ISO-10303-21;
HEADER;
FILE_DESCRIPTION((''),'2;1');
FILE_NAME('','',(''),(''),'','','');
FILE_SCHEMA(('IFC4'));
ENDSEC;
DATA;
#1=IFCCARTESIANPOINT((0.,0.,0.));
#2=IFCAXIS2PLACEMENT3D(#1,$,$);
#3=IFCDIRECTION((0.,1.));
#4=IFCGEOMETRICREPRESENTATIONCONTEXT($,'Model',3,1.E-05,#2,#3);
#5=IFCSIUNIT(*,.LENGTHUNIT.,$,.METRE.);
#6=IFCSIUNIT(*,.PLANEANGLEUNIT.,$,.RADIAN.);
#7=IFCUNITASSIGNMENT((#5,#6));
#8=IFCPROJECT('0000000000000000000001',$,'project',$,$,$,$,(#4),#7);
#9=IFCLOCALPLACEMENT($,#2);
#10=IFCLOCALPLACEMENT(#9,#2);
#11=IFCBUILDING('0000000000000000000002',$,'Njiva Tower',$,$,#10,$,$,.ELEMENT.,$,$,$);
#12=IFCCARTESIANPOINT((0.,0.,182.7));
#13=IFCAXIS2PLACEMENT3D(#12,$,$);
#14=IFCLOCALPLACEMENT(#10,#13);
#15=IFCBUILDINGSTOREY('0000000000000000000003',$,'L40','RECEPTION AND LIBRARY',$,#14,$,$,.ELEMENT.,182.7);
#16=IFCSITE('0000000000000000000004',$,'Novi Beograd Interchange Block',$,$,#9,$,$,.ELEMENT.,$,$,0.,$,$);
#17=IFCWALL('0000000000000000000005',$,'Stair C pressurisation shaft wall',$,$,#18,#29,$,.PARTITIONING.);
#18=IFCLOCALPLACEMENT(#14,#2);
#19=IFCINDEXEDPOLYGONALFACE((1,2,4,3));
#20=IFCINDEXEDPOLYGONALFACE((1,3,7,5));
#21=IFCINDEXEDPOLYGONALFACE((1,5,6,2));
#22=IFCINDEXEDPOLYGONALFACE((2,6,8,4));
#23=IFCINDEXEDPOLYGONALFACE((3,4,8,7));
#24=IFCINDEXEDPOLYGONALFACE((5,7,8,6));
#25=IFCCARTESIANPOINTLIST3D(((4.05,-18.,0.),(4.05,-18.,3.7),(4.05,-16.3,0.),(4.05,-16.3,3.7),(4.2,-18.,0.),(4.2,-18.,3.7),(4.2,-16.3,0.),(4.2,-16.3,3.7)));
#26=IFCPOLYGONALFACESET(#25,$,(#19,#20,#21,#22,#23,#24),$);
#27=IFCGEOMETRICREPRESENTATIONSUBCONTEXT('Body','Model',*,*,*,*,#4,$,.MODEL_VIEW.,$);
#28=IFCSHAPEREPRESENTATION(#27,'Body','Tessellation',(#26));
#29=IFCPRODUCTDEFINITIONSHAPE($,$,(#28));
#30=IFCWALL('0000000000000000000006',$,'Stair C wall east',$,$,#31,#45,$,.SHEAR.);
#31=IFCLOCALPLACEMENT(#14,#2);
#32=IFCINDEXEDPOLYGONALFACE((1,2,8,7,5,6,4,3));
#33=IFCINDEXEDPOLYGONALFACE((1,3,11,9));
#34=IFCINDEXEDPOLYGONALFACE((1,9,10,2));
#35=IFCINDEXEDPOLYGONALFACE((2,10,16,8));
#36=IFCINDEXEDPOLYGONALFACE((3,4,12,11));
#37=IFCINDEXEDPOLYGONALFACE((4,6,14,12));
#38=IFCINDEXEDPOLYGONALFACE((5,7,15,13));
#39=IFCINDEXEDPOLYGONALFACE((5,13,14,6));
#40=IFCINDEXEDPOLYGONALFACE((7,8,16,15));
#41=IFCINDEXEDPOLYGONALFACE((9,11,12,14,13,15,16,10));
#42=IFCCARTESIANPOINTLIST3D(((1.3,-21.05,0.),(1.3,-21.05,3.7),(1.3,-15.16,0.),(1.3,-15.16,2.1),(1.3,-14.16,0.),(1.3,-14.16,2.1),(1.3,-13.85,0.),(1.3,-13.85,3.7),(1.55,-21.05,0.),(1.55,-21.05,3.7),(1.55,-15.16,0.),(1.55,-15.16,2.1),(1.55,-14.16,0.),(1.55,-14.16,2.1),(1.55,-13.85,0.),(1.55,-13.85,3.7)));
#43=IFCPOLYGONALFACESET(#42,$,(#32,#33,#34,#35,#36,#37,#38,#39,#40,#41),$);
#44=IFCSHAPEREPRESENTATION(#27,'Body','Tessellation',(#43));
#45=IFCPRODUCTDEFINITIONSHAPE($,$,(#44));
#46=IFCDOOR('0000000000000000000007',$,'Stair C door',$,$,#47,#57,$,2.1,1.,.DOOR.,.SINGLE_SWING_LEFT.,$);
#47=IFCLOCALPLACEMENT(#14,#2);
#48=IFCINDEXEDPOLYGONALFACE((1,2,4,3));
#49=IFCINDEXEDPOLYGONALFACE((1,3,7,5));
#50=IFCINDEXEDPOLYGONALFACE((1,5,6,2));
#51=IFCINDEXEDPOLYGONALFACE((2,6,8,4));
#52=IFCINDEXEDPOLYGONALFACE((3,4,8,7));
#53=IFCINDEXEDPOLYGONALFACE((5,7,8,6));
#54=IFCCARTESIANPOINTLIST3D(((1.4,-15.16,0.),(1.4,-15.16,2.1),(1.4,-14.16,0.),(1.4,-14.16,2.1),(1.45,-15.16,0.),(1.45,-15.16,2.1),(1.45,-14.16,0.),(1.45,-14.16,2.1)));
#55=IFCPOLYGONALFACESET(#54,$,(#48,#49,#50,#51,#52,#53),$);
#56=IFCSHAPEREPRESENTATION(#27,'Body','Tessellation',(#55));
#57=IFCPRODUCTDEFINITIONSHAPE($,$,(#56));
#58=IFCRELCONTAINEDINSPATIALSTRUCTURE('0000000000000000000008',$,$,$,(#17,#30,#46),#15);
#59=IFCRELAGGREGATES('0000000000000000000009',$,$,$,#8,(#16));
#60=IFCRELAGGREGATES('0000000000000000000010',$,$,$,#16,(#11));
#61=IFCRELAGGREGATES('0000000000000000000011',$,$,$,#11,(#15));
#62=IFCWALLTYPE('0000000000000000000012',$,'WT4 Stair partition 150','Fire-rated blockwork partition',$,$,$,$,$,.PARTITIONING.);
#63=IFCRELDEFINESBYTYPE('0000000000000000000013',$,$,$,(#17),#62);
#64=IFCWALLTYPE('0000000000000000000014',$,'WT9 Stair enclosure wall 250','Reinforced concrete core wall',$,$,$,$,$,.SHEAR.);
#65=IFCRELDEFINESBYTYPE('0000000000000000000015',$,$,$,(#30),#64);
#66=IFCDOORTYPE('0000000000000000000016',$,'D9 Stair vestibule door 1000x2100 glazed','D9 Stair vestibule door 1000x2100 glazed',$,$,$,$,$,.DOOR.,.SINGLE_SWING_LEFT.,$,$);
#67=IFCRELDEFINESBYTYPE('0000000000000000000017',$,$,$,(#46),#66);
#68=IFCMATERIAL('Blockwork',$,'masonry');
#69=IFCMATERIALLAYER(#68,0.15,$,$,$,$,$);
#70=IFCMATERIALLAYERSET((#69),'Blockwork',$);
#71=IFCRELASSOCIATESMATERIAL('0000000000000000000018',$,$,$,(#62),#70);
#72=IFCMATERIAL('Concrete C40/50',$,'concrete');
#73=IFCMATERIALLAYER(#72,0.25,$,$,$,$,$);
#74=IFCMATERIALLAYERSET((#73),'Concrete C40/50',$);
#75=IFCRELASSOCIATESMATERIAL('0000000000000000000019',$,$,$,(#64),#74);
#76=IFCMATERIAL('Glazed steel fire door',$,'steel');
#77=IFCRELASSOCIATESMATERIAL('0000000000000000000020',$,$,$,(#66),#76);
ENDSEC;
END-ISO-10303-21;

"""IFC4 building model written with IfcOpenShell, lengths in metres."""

from ifc_helpers import new_model, si_unit, direction, frame, frame_2d, origin, place, context, subcontext, project, spatial, rectangle, extrude, material, layer, layer_set, type_object, element, fill, save


model = new_model("IFC4")

# Units and contexts
model_context = context("Model", 3, precision=1e-05, world=origin(), true_north=direction((0.0, 1.0)))
body_context = subcontext(model_context, "Body", "Model", "MODEL_VIEW")
ifc_project = project(units=[si_unit("LENGTHUNIT", "METRE"), si_unit("PLANEANGLEUNIT", "RADIAN")], contexts=[model_context])

# Site, building, storey
site_placement = place(None, origin())
site = spatial("IfcSite", under=ifc_project, at=site_placement, Name="Novi Beograd Interchange Block", CompositionType="ELEMENT", RefElevation=0.0)
building_placement = place(site_placement, origin())
building = spatial("IfcBuilding", under=site, at=building_placement, Name="Njiva Tower", CompositionType="ELEMENT")
storey_placement = place(building_placement, frame((0.0, 0.0, 182.7)))
storey = spatial("IfcBuildingStorey", under=building, at=storey_placement, Name="L40", Description="RECEPTION AND LIBRARY", CompositionType="ELEMENT", Elevation=182.7)

# Wall
ifc_material_1 = material(Name="Blockwork", Category="masonry")
ifc_layer_1 = layer(ifc_material_1, 0.15)
ifc_layer_set_1 = layer_set([ifc_layer_1], Name="Blockwork")
wall_type_1 = type_object("IfcWallType", Name="WT4 Stair partition 150", Description="Fire-rated blockwork partition", PredefinedType="PARTITIONING", material=ifc_layer_set_1)
wall_1_placement = place(storey_placement, frame((4.125, -18.0, 0.0), z_axis=(0.0, 0.0, 1.0), x_axis=(0.0, 1.0, 0.0)))
element("IfcWall", 1, at=wall_1_placement, inside=storey, type_object=wall_type_1, Name="Stair C pressurisation shaft wall", PredefinedType="PARTITIONING", context=body_context, shape_type="SweptSolid", body=[
    extrude(rectangle(XDim=1.7, YDim=0.15, at=frame_2d((0.85, 0.0))), origin(), (0.0, 0.0, 1.0), 3.7),
])

# Wall, opening, door
ifc_material_2 = material(Name="Concrete C40/50", Category="concrete")
ifc_layer_2 = layer(ifc_material_2, 0.25)
ifc_layer_set_2 = layer_set([ifc_layer_2], Name="Concrete C40/50")
wall_type_2 = type_object("IfcWallType", Name="WT9 Stair enclosure wall 250", Description="Reinforced concrete core wall", PredefinedType="SHEAR", material=ifc_layer_set_2)
wall_2_placement = place(storey_placement, frame((1.425, -21.05, 0.0), z_axis=(0.0, 0.0, 1.0), x_axis=(0.0, 1.0, 0.0)))
wall_2 = element("IfcWall", 2, at=wall_2_placement, inside=storey, type_object=wall_type_2, Name="Stair C wall east", PredefinedType="SHEAR", context=body_context, shape_type="SweptSolid", body=[
    extrude(rectangle(XDim=7.2, YDim=0.25, at=frame_2d((3.6, 0.0))), origin(), (0.0, 0.0, 1.0), 3.7),
])
opening_1_placement = place(wall_2_placement, frame((5.89, 0.0, 0.0)))
opening_1 = element("IfcOpeningElement", 3, at=opening_1_placement, cuts=wall_2, PredefinedType="OPENING", context=body_context, shape_type="SweptSolid", body=[
    extrude(rectangle(XDim=1.0, YDim=2.1, at=frame_2d((0.5, 1.05))), frame((0.0, 0.135, 0.0), z_axis=(0.0, -1.0, 0.0), x_axis=(1.0, 0.0, 0.0)), (0.0, 0.0, 1.0), 0.27),
])
ifc_material_3 = material(Name="Glazed steel fire door", Category="steel")
door_type = type_object("IfcDoorType", Name="D9 Stair vestibule door 1000x2100 glazed", Description="D9 Stair vestibule door 1000x2100 glazed", OperationType="SINGLE_SWING_LEFT", PredefinedType="DOOR", material=ifc_material_3)
door_placement = place(opening_1_placement, origin())
door = element("IfcDoor", 4, at=door_placement, inside=storey, type_object=door_type, Name="Stair C door", OperationType="SINGLE_SWING_LEFT", OverallHeight=2.1, OverallWidth=1.0, PredefinedType="DOOR", context=body_context, shape_type="SweptSolid", body=[
    extrude(rectangle(XDim=1.0, YDim=2.1, at=frame_2d((0.5, 1.05))), frame((0.0, 0.025, 0.0), z_axis=(0.0, -1.0, 0.0), x_axis=(1.0, 0.0, 0.0)), (0.0, 0.0, 1.0), 0.05),
])
fill(opening_1, door)

save(model, "model.ifc")
